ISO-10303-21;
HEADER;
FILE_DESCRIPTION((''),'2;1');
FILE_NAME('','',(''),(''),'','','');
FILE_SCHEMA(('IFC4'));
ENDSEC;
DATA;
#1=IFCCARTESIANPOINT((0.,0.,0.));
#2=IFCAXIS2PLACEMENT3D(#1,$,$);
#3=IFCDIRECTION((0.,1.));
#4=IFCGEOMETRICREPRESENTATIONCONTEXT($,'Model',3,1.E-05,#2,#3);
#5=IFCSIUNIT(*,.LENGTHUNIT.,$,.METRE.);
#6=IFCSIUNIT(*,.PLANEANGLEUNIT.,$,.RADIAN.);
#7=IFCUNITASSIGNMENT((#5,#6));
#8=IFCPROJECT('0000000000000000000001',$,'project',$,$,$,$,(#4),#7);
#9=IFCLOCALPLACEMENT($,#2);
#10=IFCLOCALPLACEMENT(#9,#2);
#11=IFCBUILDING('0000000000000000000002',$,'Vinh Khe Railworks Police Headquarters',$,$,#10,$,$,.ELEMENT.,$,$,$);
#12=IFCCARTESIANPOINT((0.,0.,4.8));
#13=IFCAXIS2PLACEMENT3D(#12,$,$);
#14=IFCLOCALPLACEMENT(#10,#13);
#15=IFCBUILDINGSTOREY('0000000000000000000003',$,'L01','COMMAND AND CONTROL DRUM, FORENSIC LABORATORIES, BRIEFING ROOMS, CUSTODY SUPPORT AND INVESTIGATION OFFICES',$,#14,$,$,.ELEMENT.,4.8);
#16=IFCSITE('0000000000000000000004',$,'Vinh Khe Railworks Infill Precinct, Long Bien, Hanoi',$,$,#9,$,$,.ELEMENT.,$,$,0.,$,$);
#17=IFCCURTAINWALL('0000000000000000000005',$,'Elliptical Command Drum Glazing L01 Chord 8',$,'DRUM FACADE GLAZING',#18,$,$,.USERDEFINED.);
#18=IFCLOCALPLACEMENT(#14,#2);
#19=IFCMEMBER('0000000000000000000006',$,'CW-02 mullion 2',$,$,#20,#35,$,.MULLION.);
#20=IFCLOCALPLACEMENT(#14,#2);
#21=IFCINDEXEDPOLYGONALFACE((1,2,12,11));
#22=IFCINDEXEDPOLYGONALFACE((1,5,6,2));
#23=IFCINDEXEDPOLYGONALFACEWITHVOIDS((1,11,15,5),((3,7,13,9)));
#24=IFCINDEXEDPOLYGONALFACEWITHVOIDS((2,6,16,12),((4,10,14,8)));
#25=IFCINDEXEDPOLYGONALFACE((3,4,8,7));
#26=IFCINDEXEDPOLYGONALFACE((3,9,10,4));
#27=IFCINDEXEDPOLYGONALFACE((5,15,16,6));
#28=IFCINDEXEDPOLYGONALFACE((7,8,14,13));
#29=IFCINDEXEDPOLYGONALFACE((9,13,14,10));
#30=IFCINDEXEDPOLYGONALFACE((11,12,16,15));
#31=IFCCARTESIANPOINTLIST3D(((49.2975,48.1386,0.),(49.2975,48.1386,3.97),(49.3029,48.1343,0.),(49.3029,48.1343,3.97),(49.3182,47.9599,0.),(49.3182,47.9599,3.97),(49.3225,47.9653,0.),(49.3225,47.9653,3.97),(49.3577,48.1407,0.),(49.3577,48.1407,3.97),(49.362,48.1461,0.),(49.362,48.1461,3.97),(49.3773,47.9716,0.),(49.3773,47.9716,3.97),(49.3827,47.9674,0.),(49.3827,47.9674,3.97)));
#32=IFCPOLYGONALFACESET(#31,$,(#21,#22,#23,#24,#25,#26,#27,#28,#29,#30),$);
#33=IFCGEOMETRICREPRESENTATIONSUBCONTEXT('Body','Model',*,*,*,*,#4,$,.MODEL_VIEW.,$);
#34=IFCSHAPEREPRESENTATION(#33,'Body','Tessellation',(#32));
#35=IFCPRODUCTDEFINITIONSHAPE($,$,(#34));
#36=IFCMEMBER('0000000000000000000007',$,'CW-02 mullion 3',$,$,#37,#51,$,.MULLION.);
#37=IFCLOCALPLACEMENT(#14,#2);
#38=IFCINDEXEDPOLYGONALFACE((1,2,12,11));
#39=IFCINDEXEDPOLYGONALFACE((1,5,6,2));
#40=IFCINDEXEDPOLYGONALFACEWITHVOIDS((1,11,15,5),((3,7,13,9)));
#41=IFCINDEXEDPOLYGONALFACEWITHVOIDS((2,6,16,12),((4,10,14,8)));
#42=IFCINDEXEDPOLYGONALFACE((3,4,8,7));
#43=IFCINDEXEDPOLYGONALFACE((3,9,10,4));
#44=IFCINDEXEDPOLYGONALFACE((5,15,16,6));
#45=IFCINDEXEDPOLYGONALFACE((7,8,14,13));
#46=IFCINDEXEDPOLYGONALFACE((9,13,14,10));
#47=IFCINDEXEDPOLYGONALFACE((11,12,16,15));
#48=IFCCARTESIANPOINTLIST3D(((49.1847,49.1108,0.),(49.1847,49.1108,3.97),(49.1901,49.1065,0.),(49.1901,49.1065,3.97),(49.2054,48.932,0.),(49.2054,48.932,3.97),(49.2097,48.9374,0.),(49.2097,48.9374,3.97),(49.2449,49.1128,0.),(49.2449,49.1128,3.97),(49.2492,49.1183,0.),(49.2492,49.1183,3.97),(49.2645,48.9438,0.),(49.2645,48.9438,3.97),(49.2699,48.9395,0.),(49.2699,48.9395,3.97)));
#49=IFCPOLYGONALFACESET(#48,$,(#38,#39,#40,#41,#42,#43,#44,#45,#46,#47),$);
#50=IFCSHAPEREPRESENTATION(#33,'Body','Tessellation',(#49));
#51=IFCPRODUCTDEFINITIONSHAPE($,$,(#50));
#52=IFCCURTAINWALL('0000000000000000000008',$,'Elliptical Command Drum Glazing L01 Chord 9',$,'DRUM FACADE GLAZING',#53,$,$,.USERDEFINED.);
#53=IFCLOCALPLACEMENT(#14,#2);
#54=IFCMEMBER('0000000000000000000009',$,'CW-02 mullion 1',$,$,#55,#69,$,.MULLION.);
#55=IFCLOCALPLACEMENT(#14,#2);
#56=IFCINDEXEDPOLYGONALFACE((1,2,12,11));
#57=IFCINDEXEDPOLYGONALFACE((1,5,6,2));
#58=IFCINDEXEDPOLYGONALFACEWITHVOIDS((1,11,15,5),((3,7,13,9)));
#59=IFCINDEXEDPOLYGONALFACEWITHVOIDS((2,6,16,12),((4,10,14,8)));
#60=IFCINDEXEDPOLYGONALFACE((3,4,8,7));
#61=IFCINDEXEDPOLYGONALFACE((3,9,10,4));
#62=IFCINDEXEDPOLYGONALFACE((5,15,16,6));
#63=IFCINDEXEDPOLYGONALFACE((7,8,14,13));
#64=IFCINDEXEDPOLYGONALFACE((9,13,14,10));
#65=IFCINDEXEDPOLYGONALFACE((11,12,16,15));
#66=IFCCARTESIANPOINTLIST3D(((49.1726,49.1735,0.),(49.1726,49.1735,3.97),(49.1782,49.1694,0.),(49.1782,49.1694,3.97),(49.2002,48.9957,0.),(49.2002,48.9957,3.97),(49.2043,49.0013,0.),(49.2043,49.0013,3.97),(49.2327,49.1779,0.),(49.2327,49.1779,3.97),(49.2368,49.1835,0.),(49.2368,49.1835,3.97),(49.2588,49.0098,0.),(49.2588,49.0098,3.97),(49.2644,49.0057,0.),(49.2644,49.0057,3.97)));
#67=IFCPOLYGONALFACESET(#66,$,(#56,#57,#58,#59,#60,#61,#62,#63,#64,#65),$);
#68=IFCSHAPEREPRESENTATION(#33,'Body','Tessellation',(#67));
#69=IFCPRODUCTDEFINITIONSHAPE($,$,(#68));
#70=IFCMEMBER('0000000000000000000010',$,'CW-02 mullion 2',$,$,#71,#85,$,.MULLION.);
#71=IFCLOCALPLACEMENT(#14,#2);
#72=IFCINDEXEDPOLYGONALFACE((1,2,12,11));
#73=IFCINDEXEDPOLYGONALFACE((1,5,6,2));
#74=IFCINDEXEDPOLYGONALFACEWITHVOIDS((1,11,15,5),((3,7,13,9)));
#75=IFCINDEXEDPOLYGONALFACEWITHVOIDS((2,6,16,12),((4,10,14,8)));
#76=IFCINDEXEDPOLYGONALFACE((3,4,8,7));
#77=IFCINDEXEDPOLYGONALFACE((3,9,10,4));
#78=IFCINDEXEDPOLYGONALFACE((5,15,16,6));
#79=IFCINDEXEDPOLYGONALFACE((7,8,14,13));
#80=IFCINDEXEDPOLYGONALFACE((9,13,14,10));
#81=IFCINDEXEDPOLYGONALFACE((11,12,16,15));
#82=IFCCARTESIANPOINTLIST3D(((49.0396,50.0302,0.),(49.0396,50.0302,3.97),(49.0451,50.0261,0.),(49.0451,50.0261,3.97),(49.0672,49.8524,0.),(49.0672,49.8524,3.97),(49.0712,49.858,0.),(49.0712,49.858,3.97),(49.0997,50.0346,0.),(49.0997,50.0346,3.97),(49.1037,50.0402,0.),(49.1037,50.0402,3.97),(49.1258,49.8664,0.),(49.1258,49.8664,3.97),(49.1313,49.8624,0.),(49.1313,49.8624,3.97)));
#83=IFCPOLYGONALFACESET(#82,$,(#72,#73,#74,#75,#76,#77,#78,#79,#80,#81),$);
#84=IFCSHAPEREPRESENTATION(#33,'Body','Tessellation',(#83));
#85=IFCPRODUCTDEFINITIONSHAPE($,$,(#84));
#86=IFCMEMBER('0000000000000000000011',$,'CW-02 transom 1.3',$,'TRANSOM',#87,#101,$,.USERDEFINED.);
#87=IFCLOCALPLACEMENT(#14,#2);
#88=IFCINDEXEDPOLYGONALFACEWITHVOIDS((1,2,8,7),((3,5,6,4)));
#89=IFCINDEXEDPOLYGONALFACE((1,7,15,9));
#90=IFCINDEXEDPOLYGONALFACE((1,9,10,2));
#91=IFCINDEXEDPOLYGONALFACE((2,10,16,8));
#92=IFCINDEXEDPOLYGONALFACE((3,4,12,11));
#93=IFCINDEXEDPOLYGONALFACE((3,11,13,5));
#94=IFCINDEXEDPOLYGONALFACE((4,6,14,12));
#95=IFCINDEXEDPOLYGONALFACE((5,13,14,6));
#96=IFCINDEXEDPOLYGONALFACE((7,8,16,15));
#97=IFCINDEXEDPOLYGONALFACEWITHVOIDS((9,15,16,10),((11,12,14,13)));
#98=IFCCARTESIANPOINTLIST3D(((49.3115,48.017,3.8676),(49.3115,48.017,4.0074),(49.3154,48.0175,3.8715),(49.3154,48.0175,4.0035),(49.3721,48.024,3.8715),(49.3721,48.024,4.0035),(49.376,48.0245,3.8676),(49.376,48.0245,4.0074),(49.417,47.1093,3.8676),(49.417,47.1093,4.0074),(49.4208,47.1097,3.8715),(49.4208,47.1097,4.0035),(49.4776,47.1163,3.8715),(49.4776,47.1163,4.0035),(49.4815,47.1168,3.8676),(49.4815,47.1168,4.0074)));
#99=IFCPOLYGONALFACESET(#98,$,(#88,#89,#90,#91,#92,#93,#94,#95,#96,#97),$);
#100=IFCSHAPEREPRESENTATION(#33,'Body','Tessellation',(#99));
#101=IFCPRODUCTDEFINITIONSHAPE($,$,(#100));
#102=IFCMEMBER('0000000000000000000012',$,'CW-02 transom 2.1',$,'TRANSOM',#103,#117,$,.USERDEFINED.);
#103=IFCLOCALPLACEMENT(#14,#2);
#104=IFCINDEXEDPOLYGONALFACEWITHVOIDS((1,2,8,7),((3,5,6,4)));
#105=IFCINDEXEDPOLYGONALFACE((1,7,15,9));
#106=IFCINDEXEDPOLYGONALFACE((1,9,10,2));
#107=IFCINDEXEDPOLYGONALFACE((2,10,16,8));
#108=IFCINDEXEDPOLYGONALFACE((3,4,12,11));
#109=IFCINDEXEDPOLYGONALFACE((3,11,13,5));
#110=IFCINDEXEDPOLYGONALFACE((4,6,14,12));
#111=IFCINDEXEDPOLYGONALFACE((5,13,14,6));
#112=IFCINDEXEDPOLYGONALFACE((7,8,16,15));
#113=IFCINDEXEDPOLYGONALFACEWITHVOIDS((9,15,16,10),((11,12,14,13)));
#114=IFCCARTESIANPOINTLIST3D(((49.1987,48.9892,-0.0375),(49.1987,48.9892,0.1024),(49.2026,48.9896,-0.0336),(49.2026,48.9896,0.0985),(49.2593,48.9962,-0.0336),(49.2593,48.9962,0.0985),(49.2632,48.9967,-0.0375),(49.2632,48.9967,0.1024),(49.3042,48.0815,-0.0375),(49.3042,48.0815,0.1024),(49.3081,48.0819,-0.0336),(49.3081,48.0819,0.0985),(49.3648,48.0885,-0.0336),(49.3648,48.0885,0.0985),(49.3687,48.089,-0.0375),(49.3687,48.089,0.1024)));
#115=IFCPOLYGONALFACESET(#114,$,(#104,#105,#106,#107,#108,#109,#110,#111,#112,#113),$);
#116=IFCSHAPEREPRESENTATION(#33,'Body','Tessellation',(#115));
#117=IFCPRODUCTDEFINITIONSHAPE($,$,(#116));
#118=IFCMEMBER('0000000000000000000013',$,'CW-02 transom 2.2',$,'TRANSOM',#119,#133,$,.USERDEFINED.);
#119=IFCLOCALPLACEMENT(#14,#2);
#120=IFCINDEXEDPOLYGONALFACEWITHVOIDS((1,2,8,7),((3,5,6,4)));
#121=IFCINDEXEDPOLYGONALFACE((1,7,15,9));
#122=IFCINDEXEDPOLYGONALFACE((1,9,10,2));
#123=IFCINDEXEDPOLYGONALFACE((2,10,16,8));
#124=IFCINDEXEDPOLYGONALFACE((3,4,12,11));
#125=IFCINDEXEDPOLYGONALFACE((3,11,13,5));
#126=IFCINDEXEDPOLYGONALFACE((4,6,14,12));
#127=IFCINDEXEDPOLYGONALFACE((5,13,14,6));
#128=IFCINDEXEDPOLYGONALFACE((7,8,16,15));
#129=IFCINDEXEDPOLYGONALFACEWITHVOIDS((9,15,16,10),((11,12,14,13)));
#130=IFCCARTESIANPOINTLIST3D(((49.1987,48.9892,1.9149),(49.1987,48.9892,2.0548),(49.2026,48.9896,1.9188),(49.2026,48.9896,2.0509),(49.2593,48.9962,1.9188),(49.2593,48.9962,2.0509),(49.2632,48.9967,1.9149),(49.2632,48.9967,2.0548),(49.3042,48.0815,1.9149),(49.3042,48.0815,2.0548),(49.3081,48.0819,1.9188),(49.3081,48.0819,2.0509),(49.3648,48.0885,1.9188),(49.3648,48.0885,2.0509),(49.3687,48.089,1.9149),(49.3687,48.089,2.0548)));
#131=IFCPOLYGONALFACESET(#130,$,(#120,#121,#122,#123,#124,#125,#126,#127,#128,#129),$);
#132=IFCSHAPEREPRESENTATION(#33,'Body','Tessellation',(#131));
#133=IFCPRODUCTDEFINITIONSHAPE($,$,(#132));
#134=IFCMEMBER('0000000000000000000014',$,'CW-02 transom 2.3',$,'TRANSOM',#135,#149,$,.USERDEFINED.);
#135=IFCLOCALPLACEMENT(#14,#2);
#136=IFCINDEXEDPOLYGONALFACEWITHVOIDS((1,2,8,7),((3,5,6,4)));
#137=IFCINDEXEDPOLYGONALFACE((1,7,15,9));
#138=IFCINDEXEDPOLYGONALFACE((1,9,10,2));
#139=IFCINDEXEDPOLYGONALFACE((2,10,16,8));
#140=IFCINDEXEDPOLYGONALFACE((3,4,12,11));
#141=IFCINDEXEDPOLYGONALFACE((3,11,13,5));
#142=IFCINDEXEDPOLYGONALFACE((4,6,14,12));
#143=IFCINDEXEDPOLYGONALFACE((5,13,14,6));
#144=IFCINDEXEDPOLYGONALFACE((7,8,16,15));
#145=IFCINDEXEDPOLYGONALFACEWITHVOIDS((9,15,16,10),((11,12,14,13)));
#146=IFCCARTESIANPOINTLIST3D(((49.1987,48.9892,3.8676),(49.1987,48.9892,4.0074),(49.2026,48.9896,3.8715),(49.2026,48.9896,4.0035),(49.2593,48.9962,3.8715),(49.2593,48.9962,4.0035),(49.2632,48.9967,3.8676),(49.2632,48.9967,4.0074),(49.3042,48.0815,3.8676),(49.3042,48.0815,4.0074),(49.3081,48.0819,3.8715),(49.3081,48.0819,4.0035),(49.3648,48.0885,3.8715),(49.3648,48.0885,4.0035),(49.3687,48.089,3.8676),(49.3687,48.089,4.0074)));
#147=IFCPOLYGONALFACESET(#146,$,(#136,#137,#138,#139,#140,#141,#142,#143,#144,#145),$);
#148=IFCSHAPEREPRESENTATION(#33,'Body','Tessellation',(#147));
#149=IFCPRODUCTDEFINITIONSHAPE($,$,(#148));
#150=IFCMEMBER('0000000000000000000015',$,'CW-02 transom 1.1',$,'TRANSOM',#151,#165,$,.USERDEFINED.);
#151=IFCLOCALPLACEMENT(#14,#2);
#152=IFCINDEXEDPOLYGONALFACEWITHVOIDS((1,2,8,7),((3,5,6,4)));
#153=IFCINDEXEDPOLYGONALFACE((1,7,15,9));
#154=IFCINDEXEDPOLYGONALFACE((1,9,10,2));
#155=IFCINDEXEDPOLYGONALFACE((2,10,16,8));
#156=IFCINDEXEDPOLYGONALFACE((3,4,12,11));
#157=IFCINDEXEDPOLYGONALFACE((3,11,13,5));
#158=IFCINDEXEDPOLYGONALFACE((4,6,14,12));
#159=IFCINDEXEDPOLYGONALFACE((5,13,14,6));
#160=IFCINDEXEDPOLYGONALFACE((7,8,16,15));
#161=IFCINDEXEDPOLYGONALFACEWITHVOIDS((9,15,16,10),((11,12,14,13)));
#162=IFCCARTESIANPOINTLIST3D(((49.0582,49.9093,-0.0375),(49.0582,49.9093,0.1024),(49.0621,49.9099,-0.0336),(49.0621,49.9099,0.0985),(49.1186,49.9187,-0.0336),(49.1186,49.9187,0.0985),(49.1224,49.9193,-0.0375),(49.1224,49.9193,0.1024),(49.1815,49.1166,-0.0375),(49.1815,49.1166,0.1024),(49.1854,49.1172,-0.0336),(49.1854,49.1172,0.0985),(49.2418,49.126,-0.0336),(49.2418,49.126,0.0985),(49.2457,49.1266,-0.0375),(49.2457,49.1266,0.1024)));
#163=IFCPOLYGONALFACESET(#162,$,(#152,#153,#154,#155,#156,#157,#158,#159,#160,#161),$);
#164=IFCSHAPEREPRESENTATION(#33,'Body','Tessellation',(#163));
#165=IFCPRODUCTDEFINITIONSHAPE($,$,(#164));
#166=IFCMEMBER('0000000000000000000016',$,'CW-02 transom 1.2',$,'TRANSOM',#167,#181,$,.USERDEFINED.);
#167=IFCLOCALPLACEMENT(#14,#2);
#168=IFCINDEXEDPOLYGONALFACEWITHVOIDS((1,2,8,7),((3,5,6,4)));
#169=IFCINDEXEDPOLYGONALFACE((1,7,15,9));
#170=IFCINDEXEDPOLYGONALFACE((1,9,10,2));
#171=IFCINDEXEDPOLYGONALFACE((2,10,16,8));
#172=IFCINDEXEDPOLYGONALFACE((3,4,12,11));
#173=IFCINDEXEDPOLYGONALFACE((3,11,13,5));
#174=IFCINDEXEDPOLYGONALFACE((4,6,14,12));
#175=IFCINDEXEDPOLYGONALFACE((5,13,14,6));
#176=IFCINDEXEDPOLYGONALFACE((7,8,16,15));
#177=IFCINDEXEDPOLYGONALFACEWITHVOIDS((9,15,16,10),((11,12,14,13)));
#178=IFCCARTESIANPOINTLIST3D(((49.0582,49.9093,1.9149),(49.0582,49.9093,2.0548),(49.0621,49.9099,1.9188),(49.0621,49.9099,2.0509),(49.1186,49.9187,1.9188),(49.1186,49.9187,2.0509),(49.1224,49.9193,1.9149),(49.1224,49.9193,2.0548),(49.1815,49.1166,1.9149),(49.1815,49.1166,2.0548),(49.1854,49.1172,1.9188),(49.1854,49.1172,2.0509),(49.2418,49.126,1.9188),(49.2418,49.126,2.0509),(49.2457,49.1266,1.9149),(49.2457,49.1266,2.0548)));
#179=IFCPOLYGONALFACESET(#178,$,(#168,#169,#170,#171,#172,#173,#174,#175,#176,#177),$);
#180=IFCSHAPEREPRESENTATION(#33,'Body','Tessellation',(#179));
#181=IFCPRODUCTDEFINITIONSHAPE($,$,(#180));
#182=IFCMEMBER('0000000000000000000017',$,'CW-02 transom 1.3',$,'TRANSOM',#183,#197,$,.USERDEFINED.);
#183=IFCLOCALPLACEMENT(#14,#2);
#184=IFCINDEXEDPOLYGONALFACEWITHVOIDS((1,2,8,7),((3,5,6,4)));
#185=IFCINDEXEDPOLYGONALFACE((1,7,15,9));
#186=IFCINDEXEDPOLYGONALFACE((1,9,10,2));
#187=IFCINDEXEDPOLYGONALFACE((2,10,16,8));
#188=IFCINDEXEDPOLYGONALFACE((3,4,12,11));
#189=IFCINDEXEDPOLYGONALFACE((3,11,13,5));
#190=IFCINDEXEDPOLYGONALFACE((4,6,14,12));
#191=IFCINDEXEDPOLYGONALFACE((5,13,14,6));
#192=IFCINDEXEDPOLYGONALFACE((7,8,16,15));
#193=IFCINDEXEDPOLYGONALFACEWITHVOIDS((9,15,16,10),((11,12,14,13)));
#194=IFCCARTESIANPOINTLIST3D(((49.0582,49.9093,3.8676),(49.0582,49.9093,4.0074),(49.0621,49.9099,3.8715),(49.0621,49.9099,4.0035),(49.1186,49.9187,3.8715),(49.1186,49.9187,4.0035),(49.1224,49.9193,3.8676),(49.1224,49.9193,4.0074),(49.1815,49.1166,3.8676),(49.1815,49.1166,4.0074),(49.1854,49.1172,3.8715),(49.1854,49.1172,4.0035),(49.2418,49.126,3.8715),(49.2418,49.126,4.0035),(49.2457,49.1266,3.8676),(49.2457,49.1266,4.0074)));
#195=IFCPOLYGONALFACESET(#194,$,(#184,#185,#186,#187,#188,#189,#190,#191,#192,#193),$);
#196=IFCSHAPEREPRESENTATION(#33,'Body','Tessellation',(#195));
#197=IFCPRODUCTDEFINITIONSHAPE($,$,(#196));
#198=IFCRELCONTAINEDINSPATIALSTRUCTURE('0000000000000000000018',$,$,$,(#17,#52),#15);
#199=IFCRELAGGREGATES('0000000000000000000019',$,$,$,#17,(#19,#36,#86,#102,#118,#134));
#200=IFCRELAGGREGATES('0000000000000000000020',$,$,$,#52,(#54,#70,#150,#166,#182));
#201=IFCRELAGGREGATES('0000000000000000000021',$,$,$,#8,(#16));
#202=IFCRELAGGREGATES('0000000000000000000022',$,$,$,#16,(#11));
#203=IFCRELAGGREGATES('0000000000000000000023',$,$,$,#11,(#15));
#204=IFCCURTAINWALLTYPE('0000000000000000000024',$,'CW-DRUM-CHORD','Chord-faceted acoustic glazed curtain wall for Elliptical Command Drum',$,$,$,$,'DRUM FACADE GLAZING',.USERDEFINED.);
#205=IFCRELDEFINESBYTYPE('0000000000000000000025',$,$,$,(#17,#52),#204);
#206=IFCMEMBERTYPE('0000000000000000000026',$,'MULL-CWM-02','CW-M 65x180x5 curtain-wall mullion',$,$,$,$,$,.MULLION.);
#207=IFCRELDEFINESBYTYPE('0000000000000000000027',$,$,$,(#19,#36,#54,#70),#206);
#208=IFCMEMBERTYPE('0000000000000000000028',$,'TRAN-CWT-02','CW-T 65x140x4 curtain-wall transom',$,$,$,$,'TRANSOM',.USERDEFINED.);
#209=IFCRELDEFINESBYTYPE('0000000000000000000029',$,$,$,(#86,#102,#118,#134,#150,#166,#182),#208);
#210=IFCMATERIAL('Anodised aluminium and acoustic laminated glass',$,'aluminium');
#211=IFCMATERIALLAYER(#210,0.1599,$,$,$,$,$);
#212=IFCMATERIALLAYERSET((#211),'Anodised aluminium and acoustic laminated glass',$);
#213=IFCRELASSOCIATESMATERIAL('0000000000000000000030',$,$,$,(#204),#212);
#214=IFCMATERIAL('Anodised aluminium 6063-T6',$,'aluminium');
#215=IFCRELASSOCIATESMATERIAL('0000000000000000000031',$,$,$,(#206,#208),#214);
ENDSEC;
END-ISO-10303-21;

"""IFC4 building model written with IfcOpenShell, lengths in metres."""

from ifc_helpers import new_model, si_unit, direction, frame, origin, origin_2d, place, context, subcontext, project, spatial, hollow_rectangle, extrude, material, layer, layer_set, material_profile, profile_set, type_object, element, aggregate, save


model = new_model("IFC4")

# Units and contexts
model_context = context("Model", 3, precision=1e-05, world=origin(), true_north=direction((0.0, 1.0)))
body_context = subcontext(model_context, "Body", "Model", "MODEL_VIEW")
ifc_project = project(units=[si_unit("LENGTHUNIT", "METRE"), si_unit("PLANEANGLEUNIT", "RADIAN")], contexts=[model_context])

# Site, building, storey
site_placement = place(None, origin())
site = spatial("IfcSite", under=ifc_project, at=site_placement, Name="Vinh Khe Railworks Infill Precinct, Long Bien, Hanoi", CompositionType="ELEMENT", RefElevation=0.0)
building_placement = place(site_placement, origin())
building = spatial("IfcBuilding", under=site, at=building_placement, Name="Vinh Khe Railworks Police Headquarters", CompositionType="ELEMENT")
storey_placement = place(building_placement, frame((0.0, 0.0, 4.8)))
storey = spatial("IfcBuildingStorey", under=building, at=storey_placement, Name="L01", Description="COMMAND AND CONTROL DRUM, FORENSIC LABORATORIES, BRIEFING ROOMS, CUSTODY SUPPORT AND INVESTIGATION OFFICES", CompositionType="ELEMENT", Elevation=4.8)

# Curtain walls, members
ifc_material_1 = material(Name="Anodised aluminium and acoustic laminated glass", Category="aluminium")
ifc_layer_1 = layer(ifc_material_1, 0.1599)
ifc_layer_set_1 = layer_set([ifc_layer_1], Name="Anodised aluminium and acoustic laminated glass")
curtain_wall_type = type_object("IfcCurtainWallType", Name="CW-DRUM-CHORD", Description="Chord-faceted acoustic glazed curtain wall for Elliptical Command Drum", ElementType="DRUM FACADE GLAZING", PredefinedType="USERDEFINED", material=ifc_layer_set_1)
curtain_wall_1_placement = place(storey_placement, origin())
curtain_wall_1 = element("IfcCurtainWall", 1, at=curtain_wall_1_placement, inside=storey, type_object=curtain_wall_type, Name="Elliptical Command Drum Glazing L01 Chord 8", ObjectType="DRUM FACADE GLAZING", PredefinedType="USERDEFINED")
ifc_material_2 = material(Name="Anodised aluminium 6063-T6", Category="aluminium")
ifc_material_profile_1 = material_profile(ifc_material_2, hollow_rectangle(XDim=0.0649, YDim=0.1799, WallThickness=0.0049, at=origin_2d()), Name="CW-M 65x180x5")
ifc_profile_set_1 = profile_set([ifc_material_profile_1], Name="Anodised aluminium 6063-T6")
member_type_1 = type_object("IfcMemberType", Name="MULL-CWM-02", Description="CW-M 65x180x5 curtain-wall mullion", PredefinedType="MULLION", material=ifc_profile_set_1)
member_1_placement = place(storey_placement, frame((49.3401, 48.053, 0.0), z_axis=(0.0, 0.0, 1.0), x_axis=(-0.993329, -0.115318, 0.0)))
member_1 = element("IfcMember", 2, at=member_1_placement, type_object=member_type_1, Name="CW-02 mullion 2", PredefinedType="MULLION", context=body_context, shape_type="SweptSolid", body=[
    extrude(hollow_rectangle(XDim=0.0649, YDim=0.1799, WallThickness=0.0049, at=origin_2d()), origin(), (0.0, 0.0, 1.0), 3.97),
])
member_2_placement = place(storey_placement, frame((49.2273, 49.0251, 0.0), z_axis=(0.0, 0.0, 1.0), x_axis=(-0.993329, -0.115318, 0.0)))
member_2 = element("IfcMember", 3, at=member_2_placement, type_object=member_type_1, Name="CW-02 mullion 3", PredefinedType="MULLION", context=body_context, shape_type="SweptSolid", body=[
    extrude(hollow_rectangle(XDim=0.0649, YDim=0.1799, WallThickness=0.0049, at=origin_2d()), origin(), (0.0, 0.0, 1.0), 3.97),
])
curtain_wall_2_placement = place(storey_placement, origin())
curtain_wall_2 = element("IfcCurtainWall", 4, at=curtain_wall_2_placement, inside=storey, type_object=curtain_wall_type, Name="Elliptical Command Drum Glazing L01 Chord 9", ObjectType="DRUM FACADE GLAZING", PredefinedType="USERDEFINED")
member_3_placement = place(storey_placement, frame((49.2185, 49.0896, 0.0), z_axis=(0.0, 0.0, 1.0), x_axis=(-0.98815, -0.15349, 0.0)))
member_3 = element("IfcMember", 5, at=member_3_placement, type_object=member_type_1, Name="CW-02 mullion 1", PredefinedType="MULLION", context=body_context, shape_type="SweptSolid", body=[
    extrude(hollow_rectangle(XDim=0.0649, YDim=0.1799, WallThickness=0.0049, at=origin_2d()), origin(), (0.0, 0.0, 1.0), 3.97),
])
member_4_placement = place(storey_placement, frame((49.0854, 49.9463, 0.0), z_axis=(0.0, 0.0, 1.0), x_axis=(-0.98815, -0.15349, 0.0)))
member_4 = element("IfcMember", 6, at=member_4_placement, type_object=member_type_1, Name="CW-02 mullion 2", PredefinedType="MULLION", context=body_context, shape_type="SweptSolid", body=[
    extrude(hollow_rectangle(XDim=0.0649, YDim=0.1799, WallThickness=0.0049, at=origin_2d()), origin(), (0.0, 0.0, 1.0), 3.97),
])

# Members
ifc_material_profile_2 = material_profile(ifc_material_2, hollow_rectangle(XDim=0.0649, YDim=0.1399, WallThickness=0.0039, at=origin_2d()), Name="CW-T 65x140x4")
ifc_profile_set_2 = profile_set([ifc_material_profile_2], Name="Anodised aluminium 6063-T6")
member_type_2 = type_object("IfcMemberType", Name="TRAN-CWT-02", Description="CW-T 65x140x4 curtain-wall transom", ElementType="TRANSOM", PredefinedType="USERDEFINED", material=ifc_profile_set_2)
member_5_placement = place(storey_placement, frame((49.4492, 47.113, 3.9375), z_axis=(-0.115415, 0.993317, 0.0), x_axis=(-0.993317, -0.115415, 0.0)))
member_5 = element("IfcMember", 7, at=member_5_placement, type_object=member_type_2, Name="CW-02 transom 1.3", ObjectType="TRANSOM", PredefinedType="USERDEFINED", context=body_context, shape_type="SweptSolid", body=[
    extrude(hollow_rectangle(XDim=0.0649, YDim=0.1399, WallThickness=0.0039, at=origin_2d()), origin(), (0.0, 0.0, 1.0), 0.9138),
])
member_6_placement = place(storey_placement, frame((49.3364, 48.0852, 0.0325), z_axis=(-0.115415, 0.993317, 0.0), x_axis=(-0.993317, -0.115415, 0.0)))
member_6 = element("IfcMember", 8, at=member_6_placement, type_object=member_type_2, Name="CW-02 transom 2.1", ObjectType="TRANSOM", PredefinedType="USERDEFINED", context=body_context, shape_type="SweptSolid", body=[
    extrude(hollow_rectangle(XDim=0.0649, YDim=0.1399, WallThickness=0.0039, at=origin_2d()), origin(), (0.0, 0.0, 1.0), 0.9138),
])
member_7_placement = place(storey_placement, frame((49.3364, 48.0852, 1.9849), z_axis=(-0.115415, 0.993317, 0.0), x_axis=(-0.993317, -0.115415, 0.0)))
member_7 = element("IfcMember", 9, at=member_7_placement, type_object=member_type_2, Name="CW-02 transom 2.2", ObjectType="TRANSOM", PredefinedType="USERDEFINED", context=body_context, shape_type="SweptSolid", body=[
    extrude(hollow_rectangle(XDim=0.0649, YDim=0.1399, WallThickness=0.0039, at=origin_2d()), origin(), (0.0, 0.0, 1.0), 0.9138),
])
member_8_placement = place(storey_placement, frame((49.3364, 48.0852, 3.9375), z_axis=(-0.115415, 0.993317, 0.0), x_axis=(-0.993317, -0.115415, 0.0)))
member_8 = element("IfcMember", 10, at=member_8_placement, type_object=member_type_2, Name="CW-02 transom 2.3", ObjectType="TRANSOM", PredefinedType="USERDEFINED", context=body_context, shape_type="SweptSolid", body=[
    extrude(hollow_rectangle(XDim=0.0649, YDim=0.1399, WallThickness=0.0039, at=origin_2d()), origin(), (0.0, 0.0, 1.0), 0.9138),
])
member_9_placement = place(storey_placement, frame((49.2136, 49.1216, 0.0325), z_axis=(-0.153681, 0.988121, 0.0), x_axis=(-0.988121, -0.153681, 0.0)))
member_9 = element("IfcMember", 11, at=member_9_placement, type_object=member_type_2, Name="CW-02 transom 1.1", ObjectType="TRANSOM", PredefinedType="USERDEFINED", context=body_context, shape_type="SweptSolid", body=[
    extrude(hollow_rectangle(XDim=0.0649, YDim=0.1399, WallThickness=0.0039, at=origin_2d()), origin(), (0.0, 0.0, 1.0), 0.8022),
])
member_10_placement = place(storey_placement, frame((49.2136, 49.1216, 1.9849), z_axis=(-0.153681, 0.988121, 0.0), x_axis=(-0.988121, -0.153681, 0.0)))
member_10 = element("IfcMember", 12, at=member_10_placement, type_object=member_type_2, Name="CW-02 transom 1.2", ObjectType="TRANSOM", PredefinedType="USERDEFINED", context=body_context, shape_type="SweptSolid", body=[
    extrude(hollow_rectangle(XDim=0.0649, YDim=0.1399, WallThickness=0.0039, at=origin_2d()), origin(), (0.0, 0.0, 1.0), 0.8022),
])
member_11_placement = place(storey_placement, frame((49.2136, 49.1216, 3.9375), z_axis=(-0.153681, 0.988121, 0.0), x_axis=(-0.988121, -0.153681, 0.0)))
member_11 = element("IfcMember", 13, at=member_11_placement, type_object=member_type_2, Name="CW-02 transom 1.3", ObjectType="TRANSOM", PredefinedType="USERDEFINED", context=body_context, shape_type="SweptSolid", body=[
    extrude(hollow_rectangle(XDim=0.0649, YDim=0.1399, WallThickness=0.0039, at=origin_2d()), origin(), (0.0, 0.0, 1.0), 0.8022),
])

aggregate(curtain_wall_1, [member_1, member_2, member_5, member_6, member_7, member_8])
aggregate(curtain_wall_2, [member_3, member_4, member_9, member_10, member_11])

save(model, "model.ifc")
